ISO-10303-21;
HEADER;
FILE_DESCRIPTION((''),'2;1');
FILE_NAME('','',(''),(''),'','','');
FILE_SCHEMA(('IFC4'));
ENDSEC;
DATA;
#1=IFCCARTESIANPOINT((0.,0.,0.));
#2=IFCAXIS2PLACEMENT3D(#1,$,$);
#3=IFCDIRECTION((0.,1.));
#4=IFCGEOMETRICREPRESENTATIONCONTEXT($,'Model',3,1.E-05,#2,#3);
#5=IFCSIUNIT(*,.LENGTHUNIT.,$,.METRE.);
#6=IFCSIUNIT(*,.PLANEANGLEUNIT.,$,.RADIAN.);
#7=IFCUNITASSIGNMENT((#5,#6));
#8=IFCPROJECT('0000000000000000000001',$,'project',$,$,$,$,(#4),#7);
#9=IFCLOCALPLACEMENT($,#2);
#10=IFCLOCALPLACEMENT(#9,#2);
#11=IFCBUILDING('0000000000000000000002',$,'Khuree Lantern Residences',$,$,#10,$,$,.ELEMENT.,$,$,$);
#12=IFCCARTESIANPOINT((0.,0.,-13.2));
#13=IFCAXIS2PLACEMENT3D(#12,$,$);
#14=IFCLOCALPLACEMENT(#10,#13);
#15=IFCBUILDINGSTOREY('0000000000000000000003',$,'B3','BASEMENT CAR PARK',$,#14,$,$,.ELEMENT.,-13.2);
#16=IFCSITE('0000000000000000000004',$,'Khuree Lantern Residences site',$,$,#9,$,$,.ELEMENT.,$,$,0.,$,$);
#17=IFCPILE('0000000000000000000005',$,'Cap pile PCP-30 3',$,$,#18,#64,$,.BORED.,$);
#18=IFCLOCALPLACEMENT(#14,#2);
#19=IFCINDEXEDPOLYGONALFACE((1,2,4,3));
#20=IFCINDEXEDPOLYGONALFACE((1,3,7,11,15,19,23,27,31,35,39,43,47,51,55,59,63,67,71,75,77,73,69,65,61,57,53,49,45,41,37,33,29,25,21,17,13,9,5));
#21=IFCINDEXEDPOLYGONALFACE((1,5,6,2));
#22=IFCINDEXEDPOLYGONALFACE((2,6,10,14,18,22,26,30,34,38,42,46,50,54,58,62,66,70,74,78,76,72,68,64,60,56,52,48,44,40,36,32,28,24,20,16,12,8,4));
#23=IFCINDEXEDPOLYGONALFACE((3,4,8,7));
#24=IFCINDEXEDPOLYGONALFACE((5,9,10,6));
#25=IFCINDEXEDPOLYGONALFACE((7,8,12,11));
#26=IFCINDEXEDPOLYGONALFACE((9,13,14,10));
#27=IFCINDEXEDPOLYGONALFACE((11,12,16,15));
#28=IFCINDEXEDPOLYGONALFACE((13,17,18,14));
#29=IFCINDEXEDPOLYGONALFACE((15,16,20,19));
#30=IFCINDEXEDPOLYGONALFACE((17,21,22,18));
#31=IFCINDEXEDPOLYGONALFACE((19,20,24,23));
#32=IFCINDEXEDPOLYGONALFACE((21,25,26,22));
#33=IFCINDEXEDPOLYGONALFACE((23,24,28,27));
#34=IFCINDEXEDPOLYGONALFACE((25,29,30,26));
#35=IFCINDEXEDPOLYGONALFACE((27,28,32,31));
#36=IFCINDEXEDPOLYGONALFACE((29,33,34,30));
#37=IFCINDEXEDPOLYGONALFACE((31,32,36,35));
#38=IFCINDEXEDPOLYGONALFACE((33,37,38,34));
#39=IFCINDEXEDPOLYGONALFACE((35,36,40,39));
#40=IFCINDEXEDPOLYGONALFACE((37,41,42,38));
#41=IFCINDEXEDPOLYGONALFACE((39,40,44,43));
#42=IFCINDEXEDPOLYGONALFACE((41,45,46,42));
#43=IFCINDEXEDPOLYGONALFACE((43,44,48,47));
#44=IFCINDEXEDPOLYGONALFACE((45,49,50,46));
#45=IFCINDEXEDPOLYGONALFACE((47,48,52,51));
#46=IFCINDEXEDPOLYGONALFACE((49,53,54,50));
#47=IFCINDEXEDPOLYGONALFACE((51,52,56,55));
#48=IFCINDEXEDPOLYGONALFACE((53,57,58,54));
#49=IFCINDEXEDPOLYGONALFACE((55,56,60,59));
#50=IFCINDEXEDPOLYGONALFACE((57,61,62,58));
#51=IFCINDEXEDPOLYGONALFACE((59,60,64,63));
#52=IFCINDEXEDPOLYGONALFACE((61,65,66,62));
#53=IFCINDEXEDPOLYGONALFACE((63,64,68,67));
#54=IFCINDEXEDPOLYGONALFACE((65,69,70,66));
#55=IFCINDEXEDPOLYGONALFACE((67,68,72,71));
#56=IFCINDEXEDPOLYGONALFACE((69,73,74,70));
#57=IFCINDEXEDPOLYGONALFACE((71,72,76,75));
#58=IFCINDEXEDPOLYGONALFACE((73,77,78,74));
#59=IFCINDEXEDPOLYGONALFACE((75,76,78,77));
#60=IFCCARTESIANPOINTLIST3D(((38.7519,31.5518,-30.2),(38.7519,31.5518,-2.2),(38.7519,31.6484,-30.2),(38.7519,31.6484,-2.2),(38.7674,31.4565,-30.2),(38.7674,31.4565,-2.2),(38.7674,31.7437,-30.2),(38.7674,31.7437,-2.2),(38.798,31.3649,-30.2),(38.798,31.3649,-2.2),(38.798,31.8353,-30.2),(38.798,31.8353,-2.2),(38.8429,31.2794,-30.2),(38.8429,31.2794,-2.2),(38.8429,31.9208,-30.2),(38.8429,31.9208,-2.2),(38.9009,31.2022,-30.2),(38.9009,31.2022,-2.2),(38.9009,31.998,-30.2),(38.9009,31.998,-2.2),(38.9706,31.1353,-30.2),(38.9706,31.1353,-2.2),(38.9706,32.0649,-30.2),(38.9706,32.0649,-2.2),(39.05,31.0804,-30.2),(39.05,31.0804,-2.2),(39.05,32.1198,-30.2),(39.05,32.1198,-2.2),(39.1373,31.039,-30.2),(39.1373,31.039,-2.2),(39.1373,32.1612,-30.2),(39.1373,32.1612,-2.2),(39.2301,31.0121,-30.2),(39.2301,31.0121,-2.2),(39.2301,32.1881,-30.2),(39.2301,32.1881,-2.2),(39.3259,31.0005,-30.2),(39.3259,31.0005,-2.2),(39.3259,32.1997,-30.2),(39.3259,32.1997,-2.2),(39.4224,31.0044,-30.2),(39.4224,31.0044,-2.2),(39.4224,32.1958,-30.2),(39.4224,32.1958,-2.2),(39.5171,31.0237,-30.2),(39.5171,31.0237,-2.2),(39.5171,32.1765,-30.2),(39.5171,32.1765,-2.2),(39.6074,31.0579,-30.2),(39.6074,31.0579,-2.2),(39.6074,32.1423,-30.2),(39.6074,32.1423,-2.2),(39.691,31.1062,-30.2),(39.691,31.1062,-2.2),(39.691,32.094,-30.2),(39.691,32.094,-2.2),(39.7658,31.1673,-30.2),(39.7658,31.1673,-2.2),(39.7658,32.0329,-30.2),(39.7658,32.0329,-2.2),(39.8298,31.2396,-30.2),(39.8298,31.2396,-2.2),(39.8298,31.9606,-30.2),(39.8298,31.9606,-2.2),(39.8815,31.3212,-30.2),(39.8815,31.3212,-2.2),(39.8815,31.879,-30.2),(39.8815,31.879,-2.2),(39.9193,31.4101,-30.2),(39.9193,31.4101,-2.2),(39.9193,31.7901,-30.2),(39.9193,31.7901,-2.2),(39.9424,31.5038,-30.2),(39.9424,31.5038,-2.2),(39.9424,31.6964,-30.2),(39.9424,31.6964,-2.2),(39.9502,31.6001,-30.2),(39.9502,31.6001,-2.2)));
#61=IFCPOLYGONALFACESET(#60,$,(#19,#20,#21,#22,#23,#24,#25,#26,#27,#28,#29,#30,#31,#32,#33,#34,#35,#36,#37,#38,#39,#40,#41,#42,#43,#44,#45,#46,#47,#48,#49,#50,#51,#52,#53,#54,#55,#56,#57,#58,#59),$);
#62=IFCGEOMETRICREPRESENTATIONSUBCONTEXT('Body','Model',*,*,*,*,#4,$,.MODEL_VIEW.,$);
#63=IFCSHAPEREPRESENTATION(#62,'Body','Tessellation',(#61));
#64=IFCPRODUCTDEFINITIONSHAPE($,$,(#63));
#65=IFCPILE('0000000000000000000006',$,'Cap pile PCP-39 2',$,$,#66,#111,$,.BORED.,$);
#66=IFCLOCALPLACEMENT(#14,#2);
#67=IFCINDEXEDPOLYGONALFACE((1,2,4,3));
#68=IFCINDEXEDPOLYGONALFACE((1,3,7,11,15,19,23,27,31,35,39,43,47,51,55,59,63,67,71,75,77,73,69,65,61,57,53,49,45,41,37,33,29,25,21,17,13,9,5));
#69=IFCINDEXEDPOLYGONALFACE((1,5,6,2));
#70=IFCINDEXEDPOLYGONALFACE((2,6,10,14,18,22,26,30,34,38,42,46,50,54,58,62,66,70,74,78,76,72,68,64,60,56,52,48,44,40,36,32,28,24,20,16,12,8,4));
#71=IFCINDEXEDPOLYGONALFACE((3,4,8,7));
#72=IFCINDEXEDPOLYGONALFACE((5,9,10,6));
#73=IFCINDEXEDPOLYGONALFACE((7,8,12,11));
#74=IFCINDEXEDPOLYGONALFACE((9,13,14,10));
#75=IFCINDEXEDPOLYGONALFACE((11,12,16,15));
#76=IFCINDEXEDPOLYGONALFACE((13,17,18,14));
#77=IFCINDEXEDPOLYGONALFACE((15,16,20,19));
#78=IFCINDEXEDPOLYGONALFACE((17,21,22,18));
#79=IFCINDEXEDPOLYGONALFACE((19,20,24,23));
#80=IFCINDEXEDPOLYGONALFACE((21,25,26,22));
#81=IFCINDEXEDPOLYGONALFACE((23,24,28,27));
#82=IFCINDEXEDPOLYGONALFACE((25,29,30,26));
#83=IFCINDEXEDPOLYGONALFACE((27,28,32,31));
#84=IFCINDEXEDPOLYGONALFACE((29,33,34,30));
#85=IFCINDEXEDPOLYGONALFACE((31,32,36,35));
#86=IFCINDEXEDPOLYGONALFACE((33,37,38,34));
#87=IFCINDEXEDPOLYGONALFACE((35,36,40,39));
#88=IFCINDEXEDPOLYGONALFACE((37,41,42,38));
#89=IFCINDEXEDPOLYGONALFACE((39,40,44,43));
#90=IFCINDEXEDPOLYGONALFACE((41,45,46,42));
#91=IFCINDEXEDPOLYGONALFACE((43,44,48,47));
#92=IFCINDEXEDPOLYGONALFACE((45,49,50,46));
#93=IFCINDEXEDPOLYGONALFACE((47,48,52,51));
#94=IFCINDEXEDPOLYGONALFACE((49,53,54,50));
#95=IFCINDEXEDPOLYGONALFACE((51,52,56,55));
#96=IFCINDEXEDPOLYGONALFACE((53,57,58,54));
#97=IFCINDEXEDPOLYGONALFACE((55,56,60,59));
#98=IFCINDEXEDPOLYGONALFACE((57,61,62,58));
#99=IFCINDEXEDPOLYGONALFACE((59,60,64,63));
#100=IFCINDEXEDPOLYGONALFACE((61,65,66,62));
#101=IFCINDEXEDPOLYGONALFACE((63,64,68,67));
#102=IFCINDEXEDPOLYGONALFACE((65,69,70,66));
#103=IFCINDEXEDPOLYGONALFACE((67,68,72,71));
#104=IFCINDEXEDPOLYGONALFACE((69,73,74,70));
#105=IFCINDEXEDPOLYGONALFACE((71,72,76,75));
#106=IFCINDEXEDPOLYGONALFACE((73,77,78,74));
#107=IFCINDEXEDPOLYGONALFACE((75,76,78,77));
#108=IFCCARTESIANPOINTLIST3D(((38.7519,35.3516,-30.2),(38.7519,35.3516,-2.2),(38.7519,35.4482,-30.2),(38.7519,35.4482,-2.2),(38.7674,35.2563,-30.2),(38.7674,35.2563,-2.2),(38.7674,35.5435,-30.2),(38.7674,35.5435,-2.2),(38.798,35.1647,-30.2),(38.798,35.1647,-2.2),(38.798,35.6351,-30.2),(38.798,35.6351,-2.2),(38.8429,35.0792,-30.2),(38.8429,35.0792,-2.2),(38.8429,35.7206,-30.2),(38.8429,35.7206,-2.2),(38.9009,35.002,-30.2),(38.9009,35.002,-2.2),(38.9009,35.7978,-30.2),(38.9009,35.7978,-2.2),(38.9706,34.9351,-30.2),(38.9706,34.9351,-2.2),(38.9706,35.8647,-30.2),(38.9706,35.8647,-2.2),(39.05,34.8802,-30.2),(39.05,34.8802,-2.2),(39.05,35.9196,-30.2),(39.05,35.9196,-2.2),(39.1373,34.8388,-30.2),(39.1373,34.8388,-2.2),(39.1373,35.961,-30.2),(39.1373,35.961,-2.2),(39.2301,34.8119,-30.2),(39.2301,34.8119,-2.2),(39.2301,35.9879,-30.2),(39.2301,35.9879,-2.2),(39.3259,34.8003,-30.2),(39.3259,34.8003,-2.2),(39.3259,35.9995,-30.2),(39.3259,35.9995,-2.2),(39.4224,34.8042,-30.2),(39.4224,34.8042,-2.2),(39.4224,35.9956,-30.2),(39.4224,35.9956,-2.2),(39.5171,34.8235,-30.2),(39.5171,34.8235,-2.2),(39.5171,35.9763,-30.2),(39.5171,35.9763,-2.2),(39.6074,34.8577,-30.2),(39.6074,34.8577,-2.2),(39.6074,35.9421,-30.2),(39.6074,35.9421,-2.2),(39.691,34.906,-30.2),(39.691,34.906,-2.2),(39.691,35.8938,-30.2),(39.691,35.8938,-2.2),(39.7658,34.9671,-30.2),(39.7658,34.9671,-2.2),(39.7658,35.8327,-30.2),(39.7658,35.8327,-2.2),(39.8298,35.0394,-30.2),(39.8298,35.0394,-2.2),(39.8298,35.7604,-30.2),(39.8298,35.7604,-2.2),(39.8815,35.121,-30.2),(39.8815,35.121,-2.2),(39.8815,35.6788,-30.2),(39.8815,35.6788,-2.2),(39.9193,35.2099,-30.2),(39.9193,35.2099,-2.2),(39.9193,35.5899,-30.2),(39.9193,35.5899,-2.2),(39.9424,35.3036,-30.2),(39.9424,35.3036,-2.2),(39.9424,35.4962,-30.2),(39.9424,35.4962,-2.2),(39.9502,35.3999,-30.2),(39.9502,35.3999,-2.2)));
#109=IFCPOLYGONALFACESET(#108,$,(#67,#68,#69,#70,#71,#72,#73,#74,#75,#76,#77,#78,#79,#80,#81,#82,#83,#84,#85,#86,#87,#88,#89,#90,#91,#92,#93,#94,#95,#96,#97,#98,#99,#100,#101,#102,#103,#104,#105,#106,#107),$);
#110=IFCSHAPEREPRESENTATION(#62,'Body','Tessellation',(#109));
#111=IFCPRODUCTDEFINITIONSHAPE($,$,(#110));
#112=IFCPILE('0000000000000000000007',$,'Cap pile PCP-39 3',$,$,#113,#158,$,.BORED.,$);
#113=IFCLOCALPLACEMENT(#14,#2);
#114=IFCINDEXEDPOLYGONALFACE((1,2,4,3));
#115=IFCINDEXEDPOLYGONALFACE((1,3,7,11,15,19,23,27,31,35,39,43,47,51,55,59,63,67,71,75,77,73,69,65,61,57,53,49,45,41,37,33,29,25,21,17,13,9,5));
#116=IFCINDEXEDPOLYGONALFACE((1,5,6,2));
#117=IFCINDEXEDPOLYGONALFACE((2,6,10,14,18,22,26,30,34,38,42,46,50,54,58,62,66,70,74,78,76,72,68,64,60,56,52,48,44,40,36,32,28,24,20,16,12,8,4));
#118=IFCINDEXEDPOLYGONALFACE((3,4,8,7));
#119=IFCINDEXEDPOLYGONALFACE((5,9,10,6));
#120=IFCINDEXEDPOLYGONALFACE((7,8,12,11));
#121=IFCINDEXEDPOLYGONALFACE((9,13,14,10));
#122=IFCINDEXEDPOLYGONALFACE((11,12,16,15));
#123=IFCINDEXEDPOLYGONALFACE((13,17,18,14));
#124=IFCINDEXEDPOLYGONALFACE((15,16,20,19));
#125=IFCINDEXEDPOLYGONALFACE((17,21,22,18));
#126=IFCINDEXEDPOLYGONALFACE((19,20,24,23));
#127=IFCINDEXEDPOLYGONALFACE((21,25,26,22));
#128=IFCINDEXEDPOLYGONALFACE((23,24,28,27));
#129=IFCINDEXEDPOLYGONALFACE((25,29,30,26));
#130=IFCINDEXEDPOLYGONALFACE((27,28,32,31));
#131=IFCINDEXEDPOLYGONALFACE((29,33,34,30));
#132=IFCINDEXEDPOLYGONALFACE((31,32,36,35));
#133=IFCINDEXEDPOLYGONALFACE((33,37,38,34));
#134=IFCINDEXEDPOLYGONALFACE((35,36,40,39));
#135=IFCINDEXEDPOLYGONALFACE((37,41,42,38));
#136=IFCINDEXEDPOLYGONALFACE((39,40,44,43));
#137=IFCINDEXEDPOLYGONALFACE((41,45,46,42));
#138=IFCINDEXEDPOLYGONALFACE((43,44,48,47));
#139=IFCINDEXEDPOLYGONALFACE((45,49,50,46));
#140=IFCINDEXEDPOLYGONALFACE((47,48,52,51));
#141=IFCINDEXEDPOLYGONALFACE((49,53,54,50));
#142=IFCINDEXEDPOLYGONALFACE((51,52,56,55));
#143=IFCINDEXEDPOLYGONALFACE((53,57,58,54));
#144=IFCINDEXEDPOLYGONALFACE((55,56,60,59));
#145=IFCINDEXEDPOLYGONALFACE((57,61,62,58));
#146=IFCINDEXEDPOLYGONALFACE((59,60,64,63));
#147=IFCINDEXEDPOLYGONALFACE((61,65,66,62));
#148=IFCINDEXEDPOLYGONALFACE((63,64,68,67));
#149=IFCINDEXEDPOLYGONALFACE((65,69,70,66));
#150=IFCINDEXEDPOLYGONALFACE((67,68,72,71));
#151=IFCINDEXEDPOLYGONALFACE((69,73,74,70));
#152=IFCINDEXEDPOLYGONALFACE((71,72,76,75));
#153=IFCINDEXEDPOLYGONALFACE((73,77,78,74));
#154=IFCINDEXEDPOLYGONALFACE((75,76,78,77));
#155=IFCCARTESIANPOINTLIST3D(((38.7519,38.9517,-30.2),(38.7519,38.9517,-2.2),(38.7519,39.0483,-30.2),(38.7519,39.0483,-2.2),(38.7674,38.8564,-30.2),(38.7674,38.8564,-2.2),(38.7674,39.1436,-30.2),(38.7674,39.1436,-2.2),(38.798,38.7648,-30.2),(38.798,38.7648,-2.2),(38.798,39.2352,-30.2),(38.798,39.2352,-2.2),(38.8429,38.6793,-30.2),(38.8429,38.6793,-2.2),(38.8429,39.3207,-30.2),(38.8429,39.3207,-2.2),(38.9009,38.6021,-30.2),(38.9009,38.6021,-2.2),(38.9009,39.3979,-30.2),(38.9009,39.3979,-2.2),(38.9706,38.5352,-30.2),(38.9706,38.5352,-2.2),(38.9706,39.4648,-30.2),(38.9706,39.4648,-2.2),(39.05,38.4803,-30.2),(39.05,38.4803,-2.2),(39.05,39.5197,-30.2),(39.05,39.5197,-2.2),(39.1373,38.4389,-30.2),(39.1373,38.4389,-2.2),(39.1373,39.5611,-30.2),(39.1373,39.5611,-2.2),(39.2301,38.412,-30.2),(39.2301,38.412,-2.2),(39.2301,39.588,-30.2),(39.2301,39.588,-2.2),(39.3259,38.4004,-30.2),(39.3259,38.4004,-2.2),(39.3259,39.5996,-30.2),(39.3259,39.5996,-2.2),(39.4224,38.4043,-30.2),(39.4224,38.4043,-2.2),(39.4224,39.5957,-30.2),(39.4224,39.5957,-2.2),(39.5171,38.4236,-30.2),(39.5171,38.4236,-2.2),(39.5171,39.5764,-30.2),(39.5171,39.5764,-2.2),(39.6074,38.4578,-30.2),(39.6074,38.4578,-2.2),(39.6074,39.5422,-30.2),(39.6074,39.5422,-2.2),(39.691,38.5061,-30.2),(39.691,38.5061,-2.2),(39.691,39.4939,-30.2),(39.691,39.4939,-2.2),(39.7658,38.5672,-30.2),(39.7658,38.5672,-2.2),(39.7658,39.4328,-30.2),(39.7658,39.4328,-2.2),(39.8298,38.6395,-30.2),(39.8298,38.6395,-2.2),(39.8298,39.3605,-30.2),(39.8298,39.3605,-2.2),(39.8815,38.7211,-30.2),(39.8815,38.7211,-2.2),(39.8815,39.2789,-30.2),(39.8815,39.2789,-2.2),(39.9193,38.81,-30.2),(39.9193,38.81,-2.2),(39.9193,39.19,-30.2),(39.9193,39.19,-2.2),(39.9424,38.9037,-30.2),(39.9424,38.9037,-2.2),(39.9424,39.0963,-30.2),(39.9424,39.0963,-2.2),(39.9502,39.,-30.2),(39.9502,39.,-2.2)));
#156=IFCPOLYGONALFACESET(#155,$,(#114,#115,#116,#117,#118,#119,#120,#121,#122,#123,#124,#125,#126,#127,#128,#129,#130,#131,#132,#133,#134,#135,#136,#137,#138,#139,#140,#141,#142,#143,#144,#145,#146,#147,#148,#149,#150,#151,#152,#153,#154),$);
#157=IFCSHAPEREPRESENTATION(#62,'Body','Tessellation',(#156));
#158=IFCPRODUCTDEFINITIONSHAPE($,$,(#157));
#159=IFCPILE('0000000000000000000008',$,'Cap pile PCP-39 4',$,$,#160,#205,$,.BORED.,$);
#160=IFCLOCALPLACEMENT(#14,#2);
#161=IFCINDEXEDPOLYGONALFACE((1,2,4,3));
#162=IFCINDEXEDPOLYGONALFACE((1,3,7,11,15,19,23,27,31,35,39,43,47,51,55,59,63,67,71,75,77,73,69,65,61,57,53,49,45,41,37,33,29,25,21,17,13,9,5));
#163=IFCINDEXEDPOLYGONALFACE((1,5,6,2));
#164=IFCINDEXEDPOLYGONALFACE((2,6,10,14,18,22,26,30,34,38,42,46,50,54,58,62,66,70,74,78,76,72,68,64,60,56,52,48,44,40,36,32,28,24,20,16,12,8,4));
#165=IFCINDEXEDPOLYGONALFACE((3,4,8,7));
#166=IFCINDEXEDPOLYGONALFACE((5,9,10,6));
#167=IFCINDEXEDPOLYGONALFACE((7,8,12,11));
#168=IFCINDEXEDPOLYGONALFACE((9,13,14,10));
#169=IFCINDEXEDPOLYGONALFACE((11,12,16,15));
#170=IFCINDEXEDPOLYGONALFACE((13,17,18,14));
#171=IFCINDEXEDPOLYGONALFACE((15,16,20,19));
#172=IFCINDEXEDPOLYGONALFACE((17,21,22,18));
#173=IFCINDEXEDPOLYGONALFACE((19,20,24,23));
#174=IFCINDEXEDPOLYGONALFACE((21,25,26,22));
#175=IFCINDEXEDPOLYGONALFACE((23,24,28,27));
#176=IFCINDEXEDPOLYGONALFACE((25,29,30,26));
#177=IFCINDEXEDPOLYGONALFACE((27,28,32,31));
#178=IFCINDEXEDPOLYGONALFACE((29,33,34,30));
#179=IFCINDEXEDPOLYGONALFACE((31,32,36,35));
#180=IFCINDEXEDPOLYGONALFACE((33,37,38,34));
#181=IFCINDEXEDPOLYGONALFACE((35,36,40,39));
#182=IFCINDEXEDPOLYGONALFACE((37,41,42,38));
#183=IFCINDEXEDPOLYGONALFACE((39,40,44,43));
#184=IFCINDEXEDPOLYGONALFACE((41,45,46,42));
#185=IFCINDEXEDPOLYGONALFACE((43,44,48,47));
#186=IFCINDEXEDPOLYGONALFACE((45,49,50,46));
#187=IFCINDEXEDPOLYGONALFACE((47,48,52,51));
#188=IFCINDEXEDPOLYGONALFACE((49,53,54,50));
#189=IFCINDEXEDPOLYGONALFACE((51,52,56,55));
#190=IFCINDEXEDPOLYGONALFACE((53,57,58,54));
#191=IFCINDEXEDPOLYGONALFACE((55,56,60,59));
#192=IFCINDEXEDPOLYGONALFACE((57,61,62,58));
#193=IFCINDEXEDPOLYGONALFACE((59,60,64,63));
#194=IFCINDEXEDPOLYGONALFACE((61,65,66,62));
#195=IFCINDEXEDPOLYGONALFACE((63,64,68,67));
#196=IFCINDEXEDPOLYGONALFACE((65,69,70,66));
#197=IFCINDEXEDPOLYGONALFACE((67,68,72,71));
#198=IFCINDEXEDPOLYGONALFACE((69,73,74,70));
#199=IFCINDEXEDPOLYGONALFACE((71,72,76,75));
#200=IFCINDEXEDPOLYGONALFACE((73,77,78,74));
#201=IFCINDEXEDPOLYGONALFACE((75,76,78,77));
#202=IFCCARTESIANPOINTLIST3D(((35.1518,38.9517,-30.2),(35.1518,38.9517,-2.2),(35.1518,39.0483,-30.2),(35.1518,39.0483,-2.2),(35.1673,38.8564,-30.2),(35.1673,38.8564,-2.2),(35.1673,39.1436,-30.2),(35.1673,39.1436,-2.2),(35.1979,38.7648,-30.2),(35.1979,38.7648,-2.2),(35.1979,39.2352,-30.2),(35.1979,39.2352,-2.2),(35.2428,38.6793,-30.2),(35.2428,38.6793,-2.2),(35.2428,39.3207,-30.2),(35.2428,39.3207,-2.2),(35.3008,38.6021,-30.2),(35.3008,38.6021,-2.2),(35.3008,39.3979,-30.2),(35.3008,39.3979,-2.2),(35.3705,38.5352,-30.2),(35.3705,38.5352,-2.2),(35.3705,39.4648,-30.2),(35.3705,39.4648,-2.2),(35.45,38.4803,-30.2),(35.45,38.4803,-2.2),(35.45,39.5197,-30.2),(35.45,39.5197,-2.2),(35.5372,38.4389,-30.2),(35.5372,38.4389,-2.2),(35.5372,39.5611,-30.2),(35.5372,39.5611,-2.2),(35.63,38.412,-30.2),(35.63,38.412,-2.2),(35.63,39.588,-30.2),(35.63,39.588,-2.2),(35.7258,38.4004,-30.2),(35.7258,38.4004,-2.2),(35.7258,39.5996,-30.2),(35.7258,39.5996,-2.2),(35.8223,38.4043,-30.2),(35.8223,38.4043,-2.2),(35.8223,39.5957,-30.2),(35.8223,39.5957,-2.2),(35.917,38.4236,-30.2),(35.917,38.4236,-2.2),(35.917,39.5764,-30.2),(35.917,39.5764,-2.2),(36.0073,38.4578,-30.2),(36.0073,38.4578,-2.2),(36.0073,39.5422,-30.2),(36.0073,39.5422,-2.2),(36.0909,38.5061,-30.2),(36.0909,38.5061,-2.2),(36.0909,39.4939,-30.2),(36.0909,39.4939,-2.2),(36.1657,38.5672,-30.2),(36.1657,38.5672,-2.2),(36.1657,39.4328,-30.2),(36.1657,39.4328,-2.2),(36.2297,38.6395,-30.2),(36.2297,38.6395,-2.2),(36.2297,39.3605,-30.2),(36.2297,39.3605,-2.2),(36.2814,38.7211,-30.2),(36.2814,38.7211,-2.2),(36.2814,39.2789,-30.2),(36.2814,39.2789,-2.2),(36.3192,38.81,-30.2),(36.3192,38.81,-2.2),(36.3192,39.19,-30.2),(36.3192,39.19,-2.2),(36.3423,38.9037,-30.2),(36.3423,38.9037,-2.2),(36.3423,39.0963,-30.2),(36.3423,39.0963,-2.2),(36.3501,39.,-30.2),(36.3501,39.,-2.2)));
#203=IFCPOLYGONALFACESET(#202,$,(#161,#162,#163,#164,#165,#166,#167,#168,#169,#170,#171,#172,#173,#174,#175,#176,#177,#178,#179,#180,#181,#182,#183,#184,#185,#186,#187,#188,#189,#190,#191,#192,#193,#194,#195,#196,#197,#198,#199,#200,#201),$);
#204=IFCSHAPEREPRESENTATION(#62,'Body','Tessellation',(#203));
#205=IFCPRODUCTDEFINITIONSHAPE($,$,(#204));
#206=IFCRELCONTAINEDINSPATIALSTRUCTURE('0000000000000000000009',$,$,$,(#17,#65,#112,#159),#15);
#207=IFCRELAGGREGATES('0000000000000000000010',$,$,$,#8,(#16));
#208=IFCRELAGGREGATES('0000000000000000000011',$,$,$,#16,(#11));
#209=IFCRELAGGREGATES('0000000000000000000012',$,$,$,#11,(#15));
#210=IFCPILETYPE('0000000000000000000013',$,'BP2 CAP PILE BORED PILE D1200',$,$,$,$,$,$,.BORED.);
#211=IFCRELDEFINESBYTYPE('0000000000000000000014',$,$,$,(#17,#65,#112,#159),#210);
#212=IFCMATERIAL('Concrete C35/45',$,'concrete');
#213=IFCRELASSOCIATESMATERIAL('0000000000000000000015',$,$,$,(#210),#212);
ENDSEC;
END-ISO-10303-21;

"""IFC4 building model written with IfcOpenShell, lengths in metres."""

from ifc_helpers import new_model, si_unit, direction, frame, origin, origin_2d, place, context, subcontext, project, spatial, circle, extrude, material, material_profile, profile_set, type_object, element, save


model = new_model("IFC4")

# Units and contexts
model_context = context("Model", 3, precision=1e-05, world=origin(), true_north=direction((0.0, 1.0)))
body_context = subcontext(model_context, "Body", "Model", "MODEL_VIEW")
ifc_project = project(units=[si_unit("LENGTHUNIT", "METRE"), si_unit("PLANEANGLEUNIT", "RADIAN")], contexts=[model_context])

# Site, building, storey
site_placement = place(None, origin())
site = spatial("IfcSite", under=ifc_project, at=site_placement, Name="Khuree Lantern Residences site", CompositionType="ELEMENT", RefElevation=0.0)
building_placement = place(site_placement, origin())
building = spatial("IfcBuilding", under=site, at=building_placement, Name="Khuree Lantern Residences", CompositionType="ELEMENT")
storey_placement = place(building_placement, frame((0.0, 0.0, -13.2)))
storey = spatial("IfcBuildingStorey", under=building, at=storey_placement, Name="B3", Description="BASEMENT CAR PARK", CompositionType="ELEMENT", Elevation=-13.2)

# Piles
ifc_material_1 = material(Name="Concrete C35/45", Category="concrete")
ifc_material_profile_1 = material_profile(ifc_material_1, circle(Radius=0.6001, at=origin_2d()), Name="BORED PILE D1200")
ifc_profile_set_1 = profile_set([ifc_material_profile_1], Name="Concrete C35/45")
pile_type = type_object("IfcPileType", Name="BP2 CAP PILE BORED PILE D1200", PredefinedType="BORED", material=ifc_profile_set_1)
for number, where, z_axis, x_axis, name in (
    (1, (39.3501, 31.6001, -2.2), (0.0, 0.0, -1.0), (1.0, 0.0, 0.0), "Cap pile PCP-30 3"),
    (2, (39.3501, 35.3999, -2.2), (0.0, 0.0, -1.0), (1.0, 0.0, 0.0), "Cap pile PCP-39 2"),
    (3, (39.3501, 39.0, -2.2), (0.0, 0.0, -1.0), (1.0, 0.0, 0.0), "Cap pile PCP-39 3"),
    (4, (35.75, 39.0, -2.2), (0.0, 0.0, -1.0), (1.0, 0.0, 0.0), "Cap pile PCP-39 4"),
):
    element("IfcPile", number, at=place(storey_placement, frame(where, z_axis=z_axis, x_axis=x_axis)), inside=storey, type_object=pile_type, Name=name, PredefinedType="BORED", context=body_context, shape_type="SweptSolid", body=[
        extrude(circle(Radius=0.6001, at=origin_2d()), origin(), (0.0, 0.0, 1.0), 28.0),
    ])

save(model, "model.ifc")
